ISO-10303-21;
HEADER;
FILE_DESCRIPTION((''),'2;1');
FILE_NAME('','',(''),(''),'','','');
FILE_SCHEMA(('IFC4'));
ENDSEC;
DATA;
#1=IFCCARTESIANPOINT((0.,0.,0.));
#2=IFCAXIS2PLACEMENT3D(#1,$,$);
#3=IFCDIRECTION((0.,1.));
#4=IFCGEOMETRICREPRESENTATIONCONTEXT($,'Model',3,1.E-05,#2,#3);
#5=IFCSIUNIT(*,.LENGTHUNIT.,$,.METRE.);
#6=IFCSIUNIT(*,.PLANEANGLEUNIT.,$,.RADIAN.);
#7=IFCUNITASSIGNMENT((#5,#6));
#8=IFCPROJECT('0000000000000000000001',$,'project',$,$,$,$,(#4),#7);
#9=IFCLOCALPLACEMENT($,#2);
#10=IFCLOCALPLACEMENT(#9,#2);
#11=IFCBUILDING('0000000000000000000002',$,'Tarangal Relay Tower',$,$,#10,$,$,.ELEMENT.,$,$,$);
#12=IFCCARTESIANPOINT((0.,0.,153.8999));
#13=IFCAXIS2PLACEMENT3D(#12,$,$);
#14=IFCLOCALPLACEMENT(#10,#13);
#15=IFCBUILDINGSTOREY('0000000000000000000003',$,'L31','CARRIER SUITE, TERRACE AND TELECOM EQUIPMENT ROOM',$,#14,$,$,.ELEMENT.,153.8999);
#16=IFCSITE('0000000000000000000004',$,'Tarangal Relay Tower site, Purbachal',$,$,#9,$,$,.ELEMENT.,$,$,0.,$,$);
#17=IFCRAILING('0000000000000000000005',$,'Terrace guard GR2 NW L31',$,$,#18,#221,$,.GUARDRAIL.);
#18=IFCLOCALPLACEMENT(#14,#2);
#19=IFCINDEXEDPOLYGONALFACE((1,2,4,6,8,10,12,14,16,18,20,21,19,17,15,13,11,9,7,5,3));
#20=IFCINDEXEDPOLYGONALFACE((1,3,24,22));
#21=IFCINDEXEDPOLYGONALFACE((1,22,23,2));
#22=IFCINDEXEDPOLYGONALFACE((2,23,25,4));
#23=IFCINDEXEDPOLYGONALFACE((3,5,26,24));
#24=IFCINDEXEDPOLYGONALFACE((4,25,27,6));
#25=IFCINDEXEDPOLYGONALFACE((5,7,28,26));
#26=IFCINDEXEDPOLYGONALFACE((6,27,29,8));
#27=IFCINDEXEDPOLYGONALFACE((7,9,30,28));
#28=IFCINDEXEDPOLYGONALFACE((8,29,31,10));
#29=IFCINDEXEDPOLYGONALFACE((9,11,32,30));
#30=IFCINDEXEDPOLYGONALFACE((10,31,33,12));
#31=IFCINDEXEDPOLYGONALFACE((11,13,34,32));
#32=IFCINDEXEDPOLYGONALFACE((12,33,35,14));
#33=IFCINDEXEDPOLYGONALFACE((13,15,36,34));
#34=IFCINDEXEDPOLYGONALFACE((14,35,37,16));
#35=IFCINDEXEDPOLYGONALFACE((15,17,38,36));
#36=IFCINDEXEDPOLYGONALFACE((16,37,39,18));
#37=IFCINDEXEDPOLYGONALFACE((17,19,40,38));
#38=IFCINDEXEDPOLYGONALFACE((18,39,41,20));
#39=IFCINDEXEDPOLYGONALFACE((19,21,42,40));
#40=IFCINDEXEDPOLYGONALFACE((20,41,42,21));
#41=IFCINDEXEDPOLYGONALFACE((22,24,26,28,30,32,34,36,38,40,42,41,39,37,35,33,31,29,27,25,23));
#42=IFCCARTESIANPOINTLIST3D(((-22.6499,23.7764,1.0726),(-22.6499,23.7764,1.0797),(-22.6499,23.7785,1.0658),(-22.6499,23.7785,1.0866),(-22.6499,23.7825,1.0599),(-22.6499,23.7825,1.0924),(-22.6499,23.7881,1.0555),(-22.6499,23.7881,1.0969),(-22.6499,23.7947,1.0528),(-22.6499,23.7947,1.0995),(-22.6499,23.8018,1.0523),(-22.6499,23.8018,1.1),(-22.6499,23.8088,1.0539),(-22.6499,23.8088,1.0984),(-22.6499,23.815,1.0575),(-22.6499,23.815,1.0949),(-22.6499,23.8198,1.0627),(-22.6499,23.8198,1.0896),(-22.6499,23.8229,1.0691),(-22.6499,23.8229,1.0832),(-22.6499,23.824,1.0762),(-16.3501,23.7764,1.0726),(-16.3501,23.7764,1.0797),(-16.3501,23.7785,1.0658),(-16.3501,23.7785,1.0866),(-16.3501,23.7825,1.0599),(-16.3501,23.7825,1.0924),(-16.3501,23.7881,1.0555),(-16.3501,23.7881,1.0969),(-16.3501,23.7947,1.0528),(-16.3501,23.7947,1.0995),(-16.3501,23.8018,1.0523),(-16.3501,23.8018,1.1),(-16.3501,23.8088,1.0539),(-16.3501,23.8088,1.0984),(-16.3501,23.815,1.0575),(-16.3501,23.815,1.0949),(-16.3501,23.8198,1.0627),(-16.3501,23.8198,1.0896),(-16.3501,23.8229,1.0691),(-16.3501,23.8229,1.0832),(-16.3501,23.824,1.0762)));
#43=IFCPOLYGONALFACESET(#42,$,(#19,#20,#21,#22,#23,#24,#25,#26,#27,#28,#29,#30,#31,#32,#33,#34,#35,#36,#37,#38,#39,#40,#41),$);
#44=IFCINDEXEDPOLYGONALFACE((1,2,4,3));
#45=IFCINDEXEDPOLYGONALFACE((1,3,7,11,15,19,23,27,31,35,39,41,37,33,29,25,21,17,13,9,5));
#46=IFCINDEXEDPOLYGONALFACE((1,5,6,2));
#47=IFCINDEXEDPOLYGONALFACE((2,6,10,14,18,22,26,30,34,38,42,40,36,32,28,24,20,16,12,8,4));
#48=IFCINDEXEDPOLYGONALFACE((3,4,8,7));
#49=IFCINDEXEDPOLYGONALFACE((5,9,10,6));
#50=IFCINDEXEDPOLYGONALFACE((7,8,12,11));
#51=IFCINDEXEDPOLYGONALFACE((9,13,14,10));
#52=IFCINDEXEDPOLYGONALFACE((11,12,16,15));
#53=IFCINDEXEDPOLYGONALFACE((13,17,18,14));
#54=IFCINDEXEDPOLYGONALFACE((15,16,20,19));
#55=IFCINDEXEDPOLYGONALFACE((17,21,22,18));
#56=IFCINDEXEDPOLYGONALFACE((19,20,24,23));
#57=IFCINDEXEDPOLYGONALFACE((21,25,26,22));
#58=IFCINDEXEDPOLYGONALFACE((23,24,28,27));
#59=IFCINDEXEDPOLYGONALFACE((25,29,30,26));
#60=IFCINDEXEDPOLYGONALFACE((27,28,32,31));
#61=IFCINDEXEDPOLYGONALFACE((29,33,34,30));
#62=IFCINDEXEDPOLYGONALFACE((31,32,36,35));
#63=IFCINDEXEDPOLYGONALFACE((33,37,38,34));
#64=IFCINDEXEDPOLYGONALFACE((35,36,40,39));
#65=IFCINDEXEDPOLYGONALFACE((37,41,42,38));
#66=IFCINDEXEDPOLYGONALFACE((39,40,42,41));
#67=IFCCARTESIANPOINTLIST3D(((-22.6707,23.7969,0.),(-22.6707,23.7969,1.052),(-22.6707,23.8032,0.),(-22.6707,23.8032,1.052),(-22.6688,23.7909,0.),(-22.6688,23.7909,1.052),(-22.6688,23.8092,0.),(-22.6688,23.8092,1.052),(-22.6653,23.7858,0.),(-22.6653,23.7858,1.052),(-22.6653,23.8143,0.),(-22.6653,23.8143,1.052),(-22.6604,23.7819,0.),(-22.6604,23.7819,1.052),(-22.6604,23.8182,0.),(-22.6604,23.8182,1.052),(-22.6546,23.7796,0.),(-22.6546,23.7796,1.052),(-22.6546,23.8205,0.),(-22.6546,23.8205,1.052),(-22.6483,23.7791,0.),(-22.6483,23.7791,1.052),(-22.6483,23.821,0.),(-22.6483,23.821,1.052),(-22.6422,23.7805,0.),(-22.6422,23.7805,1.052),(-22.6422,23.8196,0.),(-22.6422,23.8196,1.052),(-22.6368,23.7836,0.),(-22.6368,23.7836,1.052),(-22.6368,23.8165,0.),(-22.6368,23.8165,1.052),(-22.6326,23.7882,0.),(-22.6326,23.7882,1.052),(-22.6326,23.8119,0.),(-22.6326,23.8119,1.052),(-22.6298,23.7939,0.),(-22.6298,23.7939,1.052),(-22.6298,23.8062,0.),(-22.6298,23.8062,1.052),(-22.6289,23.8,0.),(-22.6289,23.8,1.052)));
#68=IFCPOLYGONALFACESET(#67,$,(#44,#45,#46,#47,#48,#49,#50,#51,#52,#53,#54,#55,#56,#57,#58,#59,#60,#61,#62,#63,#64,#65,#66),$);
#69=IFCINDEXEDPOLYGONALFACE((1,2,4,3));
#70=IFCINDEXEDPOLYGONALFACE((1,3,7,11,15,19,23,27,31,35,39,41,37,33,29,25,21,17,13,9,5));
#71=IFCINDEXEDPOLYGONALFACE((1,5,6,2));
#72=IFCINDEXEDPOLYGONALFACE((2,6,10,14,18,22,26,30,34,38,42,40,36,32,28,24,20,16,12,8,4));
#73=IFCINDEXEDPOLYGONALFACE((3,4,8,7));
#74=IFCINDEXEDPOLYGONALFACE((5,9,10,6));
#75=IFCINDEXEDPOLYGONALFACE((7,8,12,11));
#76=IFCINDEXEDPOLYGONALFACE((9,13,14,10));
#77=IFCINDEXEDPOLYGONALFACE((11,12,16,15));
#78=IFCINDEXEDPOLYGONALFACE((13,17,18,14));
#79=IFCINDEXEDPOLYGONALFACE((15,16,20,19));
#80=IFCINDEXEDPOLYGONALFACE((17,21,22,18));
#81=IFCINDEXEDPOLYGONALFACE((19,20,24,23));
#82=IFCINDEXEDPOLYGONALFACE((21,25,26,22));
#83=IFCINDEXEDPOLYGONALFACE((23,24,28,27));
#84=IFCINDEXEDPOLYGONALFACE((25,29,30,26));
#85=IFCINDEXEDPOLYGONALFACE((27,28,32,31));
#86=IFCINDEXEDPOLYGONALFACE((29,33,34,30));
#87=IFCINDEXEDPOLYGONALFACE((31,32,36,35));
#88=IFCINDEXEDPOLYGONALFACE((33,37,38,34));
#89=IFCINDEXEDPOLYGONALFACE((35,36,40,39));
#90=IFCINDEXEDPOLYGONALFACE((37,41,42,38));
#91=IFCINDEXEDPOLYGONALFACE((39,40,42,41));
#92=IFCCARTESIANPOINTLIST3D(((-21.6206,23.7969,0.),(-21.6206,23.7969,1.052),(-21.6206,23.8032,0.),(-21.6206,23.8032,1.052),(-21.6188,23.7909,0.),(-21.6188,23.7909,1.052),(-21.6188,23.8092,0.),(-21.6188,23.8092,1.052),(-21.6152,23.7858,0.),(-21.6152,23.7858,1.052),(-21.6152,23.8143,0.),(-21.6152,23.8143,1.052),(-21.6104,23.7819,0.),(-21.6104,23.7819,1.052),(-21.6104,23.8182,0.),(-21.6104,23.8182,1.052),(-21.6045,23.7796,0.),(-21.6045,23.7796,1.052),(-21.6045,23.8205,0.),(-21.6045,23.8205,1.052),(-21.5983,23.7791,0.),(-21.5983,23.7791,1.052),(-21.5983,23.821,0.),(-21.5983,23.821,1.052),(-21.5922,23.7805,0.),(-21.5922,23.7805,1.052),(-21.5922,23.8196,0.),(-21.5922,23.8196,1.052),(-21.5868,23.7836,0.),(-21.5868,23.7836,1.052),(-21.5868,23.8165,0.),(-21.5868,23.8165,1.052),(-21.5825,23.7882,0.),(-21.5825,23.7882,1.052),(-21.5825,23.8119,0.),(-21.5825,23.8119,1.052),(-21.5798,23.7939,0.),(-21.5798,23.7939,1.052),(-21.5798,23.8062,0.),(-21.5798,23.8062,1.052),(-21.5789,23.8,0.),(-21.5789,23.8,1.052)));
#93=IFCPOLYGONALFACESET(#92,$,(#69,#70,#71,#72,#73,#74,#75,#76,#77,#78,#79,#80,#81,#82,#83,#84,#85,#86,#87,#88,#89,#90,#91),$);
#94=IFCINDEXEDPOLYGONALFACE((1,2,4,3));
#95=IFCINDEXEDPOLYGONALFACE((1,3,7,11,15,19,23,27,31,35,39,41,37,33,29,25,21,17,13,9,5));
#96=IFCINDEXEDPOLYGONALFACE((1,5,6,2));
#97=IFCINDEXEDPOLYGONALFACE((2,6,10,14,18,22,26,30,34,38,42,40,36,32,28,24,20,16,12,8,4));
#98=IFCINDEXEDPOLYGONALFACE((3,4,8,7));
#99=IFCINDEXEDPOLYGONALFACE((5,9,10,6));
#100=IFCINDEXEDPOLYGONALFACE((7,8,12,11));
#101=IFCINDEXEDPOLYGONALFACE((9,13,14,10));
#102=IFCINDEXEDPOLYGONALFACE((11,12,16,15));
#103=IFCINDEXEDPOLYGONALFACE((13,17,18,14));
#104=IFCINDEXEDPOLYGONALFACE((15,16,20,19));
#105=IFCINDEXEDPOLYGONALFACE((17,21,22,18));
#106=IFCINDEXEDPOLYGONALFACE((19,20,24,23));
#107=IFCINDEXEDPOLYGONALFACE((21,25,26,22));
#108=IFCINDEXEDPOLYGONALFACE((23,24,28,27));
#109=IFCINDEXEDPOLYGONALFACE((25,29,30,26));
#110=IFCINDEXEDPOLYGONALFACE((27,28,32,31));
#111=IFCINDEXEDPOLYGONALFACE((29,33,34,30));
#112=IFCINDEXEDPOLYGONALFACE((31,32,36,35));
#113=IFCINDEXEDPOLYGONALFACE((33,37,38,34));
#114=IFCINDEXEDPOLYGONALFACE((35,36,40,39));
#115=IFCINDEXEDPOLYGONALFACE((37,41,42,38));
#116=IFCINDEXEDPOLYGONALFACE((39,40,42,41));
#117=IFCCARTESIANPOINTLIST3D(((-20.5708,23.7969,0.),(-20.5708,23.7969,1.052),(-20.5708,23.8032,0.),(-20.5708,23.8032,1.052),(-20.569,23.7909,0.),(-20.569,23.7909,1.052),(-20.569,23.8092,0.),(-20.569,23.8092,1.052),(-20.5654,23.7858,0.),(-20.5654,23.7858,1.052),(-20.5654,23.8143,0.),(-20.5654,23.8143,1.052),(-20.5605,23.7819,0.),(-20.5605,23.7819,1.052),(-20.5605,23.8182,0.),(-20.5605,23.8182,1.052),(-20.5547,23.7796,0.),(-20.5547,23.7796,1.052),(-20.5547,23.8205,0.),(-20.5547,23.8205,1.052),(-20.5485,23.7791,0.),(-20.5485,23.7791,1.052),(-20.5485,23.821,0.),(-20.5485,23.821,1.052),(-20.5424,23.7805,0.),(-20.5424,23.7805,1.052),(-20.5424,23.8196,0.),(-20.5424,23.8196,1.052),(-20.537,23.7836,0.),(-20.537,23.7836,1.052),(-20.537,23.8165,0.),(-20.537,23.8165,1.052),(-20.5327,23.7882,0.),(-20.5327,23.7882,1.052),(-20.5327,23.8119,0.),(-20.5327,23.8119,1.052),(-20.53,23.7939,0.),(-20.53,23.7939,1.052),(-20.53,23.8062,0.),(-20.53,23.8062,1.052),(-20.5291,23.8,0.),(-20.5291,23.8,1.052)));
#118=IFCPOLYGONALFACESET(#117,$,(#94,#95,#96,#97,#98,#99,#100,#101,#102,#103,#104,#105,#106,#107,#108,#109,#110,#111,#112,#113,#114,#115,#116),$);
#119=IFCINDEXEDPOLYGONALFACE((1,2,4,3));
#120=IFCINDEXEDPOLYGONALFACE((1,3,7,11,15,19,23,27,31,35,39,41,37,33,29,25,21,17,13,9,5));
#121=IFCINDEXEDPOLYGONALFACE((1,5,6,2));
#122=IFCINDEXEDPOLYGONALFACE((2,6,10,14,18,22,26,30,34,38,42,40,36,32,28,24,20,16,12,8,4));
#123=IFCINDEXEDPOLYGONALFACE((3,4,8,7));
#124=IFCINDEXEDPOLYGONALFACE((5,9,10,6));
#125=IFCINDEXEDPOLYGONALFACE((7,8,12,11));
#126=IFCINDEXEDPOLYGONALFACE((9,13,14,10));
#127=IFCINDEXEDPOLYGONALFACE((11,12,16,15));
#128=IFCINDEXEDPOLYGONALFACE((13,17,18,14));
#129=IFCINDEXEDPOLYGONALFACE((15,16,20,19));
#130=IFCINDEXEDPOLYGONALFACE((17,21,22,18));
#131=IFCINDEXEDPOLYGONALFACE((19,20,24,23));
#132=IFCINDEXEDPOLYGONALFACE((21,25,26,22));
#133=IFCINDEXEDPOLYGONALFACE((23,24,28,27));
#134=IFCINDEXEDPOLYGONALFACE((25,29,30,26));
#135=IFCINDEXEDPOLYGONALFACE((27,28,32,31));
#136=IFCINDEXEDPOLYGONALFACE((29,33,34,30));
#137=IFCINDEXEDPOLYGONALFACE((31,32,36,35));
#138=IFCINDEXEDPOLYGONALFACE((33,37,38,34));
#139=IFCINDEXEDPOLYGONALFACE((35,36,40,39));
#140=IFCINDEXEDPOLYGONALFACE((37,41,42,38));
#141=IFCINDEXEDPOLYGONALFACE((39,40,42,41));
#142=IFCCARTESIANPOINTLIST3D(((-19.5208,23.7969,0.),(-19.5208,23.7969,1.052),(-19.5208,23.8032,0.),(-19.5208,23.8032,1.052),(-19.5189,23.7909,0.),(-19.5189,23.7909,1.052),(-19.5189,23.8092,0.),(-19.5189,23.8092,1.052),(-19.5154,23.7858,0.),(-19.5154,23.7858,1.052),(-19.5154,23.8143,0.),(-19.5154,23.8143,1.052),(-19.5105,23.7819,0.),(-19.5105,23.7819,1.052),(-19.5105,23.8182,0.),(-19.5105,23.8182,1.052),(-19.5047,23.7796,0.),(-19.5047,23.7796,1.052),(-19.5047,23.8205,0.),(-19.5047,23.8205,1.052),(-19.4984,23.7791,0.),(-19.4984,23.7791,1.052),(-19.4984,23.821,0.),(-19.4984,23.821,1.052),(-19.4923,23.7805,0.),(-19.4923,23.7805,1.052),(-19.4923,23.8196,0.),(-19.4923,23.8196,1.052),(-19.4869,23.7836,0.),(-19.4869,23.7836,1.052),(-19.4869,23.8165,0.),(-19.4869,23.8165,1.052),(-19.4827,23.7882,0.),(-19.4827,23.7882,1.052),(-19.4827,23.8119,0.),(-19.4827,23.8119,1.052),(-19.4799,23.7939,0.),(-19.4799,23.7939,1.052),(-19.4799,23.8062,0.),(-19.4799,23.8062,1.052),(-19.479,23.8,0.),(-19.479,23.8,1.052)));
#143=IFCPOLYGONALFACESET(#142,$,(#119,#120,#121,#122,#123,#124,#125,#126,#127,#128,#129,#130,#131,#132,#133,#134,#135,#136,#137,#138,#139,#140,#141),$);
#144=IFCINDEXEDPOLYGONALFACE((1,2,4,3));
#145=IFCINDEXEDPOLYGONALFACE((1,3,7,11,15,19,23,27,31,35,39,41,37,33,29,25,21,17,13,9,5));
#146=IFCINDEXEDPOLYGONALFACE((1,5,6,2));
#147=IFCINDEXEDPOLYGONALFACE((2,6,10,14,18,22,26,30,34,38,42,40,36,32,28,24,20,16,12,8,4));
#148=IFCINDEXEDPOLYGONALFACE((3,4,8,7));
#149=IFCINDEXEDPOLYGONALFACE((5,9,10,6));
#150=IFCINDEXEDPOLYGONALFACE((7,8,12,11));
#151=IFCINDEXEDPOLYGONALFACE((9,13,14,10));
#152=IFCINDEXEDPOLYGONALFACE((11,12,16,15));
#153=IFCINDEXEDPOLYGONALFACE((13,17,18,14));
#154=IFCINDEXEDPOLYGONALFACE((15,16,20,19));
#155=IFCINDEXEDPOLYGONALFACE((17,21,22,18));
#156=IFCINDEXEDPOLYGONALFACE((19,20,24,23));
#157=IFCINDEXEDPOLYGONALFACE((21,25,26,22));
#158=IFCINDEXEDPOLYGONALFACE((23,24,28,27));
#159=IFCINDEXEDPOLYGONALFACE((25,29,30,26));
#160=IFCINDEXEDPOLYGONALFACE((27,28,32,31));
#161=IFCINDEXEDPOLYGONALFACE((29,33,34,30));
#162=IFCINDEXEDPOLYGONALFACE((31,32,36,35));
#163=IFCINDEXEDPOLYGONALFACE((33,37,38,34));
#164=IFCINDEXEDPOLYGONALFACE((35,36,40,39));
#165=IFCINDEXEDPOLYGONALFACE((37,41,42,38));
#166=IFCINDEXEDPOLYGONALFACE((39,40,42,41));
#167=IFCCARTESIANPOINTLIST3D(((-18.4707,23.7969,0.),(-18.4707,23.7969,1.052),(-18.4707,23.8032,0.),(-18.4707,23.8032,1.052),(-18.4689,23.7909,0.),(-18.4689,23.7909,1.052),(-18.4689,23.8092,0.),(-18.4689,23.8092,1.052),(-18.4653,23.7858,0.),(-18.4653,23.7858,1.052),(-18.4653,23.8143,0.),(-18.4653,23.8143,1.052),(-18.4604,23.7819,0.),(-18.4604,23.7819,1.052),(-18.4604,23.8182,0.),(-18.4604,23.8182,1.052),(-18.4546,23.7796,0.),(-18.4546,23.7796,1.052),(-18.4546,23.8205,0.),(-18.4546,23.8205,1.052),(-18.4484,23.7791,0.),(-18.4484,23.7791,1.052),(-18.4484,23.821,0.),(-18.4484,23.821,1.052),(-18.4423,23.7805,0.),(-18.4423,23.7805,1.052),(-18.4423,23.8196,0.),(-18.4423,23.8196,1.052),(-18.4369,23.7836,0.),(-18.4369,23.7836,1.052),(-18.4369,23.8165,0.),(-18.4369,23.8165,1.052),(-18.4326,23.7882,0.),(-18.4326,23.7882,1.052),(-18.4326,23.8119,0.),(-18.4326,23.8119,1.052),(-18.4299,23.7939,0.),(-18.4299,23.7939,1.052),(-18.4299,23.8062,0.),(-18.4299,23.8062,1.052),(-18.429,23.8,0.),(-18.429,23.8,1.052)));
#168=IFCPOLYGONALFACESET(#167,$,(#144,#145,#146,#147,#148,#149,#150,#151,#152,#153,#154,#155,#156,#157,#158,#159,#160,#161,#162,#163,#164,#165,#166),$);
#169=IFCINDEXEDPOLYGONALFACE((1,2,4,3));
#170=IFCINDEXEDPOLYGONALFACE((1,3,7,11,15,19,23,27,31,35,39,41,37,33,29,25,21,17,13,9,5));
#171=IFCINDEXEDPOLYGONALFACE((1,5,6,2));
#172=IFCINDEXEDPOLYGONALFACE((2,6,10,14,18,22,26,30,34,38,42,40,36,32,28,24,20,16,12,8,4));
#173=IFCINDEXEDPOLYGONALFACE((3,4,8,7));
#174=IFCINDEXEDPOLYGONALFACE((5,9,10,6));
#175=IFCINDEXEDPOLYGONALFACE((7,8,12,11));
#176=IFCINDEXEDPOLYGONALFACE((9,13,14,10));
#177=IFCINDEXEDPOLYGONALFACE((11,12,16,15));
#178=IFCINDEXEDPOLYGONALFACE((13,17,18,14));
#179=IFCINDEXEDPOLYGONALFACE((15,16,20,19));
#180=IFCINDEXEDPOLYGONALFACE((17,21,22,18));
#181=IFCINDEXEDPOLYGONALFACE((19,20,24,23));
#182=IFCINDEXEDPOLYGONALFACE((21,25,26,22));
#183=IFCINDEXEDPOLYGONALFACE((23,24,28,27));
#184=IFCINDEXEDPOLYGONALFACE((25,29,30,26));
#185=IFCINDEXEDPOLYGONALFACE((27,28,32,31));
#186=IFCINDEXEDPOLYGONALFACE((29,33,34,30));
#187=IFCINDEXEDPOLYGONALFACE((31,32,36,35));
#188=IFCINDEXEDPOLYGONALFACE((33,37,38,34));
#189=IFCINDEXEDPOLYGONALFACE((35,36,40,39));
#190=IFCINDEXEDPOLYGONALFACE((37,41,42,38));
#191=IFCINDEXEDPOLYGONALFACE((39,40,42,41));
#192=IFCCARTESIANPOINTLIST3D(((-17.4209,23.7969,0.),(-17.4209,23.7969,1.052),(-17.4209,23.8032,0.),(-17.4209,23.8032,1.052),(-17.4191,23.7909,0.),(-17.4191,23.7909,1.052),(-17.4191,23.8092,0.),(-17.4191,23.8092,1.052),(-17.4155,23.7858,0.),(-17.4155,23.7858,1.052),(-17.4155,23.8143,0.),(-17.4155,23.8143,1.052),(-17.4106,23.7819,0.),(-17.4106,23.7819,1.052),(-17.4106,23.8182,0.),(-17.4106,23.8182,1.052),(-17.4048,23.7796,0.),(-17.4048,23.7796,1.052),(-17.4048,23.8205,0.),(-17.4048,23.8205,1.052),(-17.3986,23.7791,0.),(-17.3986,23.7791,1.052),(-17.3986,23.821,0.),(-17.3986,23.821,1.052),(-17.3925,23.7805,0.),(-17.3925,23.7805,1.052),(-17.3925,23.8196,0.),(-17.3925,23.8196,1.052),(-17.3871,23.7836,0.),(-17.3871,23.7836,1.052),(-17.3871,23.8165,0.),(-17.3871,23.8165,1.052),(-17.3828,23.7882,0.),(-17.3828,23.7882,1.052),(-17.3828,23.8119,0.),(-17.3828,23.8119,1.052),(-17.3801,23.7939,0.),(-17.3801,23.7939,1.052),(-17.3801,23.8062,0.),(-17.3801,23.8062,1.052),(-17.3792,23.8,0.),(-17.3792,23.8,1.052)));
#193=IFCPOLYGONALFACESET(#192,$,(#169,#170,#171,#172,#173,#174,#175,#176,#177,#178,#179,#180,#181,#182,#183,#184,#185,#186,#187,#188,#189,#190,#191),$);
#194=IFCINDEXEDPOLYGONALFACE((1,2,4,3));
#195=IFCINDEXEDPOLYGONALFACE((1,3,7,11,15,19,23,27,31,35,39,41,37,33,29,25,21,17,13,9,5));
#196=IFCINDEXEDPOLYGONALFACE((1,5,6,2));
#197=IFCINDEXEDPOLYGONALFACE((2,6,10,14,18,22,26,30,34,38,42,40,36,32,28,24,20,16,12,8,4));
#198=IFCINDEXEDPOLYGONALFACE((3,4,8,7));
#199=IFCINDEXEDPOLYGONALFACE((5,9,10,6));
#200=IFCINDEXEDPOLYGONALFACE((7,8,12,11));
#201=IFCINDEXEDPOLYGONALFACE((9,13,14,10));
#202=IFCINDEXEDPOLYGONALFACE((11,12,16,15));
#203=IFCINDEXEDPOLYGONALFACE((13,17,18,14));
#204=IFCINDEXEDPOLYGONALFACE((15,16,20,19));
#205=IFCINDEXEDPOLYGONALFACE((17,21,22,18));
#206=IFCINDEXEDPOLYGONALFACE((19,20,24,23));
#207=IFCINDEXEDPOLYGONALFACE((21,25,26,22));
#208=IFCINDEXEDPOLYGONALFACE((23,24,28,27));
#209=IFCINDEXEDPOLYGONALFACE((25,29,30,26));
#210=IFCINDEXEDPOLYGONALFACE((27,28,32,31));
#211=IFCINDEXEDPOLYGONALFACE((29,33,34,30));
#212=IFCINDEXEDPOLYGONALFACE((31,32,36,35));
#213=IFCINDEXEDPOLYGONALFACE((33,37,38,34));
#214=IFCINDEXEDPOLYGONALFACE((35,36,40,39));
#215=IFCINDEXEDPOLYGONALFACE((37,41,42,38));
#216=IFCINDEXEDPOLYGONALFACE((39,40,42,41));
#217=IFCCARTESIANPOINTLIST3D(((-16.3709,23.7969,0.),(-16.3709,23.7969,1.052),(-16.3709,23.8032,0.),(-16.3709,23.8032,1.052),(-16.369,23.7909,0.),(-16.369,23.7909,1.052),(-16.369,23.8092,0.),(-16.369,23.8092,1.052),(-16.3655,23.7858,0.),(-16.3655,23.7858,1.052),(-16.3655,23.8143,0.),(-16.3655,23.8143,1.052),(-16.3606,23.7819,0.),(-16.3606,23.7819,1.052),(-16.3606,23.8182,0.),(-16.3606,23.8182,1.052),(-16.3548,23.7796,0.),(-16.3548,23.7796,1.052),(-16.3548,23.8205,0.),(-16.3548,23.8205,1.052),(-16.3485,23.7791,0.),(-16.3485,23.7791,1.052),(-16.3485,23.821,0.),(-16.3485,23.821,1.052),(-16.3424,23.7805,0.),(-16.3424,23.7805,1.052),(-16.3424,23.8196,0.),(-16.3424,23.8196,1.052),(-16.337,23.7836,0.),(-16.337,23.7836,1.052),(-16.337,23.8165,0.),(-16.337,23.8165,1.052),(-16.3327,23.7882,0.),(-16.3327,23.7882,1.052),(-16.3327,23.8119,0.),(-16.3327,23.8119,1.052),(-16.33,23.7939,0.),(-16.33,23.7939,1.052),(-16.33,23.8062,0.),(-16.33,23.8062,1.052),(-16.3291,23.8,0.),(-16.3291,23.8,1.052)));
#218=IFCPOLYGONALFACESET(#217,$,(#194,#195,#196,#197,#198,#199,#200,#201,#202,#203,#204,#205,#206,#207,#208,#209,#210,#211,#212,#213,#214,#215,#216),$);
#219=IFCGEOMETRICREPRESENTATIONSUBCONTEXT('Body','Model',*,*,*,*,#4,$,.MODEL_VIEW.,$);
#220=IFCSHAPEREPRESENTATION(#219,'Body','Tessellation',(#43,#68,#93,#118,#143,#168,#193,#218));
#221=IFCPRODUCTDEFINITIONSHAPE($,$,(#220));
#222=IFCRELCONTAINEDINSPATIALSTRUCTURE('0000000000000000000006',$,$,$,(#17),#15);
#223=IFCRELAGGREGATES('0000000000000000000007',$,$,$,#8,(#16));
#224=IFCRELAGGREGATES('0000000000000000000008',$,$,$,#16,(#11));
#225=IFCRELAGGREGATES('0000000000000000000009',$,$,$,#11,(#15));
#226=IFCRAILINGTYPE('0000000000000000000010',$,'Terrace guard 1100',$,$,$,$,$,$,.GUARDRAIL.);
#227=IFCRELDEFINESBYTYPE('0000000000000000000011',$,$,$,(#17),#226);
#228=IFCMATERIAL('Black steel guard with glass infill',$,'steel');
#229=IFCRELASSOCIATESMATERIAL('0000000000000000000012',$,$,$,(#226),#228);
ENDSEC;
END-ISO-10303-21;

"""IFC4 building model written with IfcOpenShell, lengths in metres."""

from ifc_helpers import new_model, si_unit, direction, frame, origin, origin_2d, place, context, subcontext, project, spatial, circle, extrude, material, type_object, element, save


model = new_model("IFC4")

# Units and contexts
model_context = context("Model", 3, precision=1e-05, world=origin(), true_north=direction((0.0, 1.0)))
body_context = subcontext(model_context, "Body", "Model", "MODEL_VIEW")
ifc_project = project(units=[si_unit("LENGTHUNIT", "METRE"), si_unit("PLANEANGLEUNIT", "RADIAN")], contexts=[model_context])

# Site, building, storey
site_placement = place(None, origin())
site = spatial("IfcSite", under=ifc_project, at=site_placement, Name="Tarangal Relay Tower site, Purbachal", CompositionType="ELEMENT", RefElevation=0.0)
building_placement = place(site_placement, origin())
building = spatial("IfcBuilding", under=site, at=building_placement, Name="Tarangal Relay Tower", CompositionType="ELEMENT")
storey_placement = place(building_placement, frame((0.0, 0.0, 153.8999)))
storey = spatial("IfcBuildingStorey", under=building, at=storey_placement, Name="L31", Description="CARRIER SUITE, TERRACE AND TELECOM EQUIPMENT ROOM", CompositionType="ELEMENT", Elevation=153.8999)

# Railing
ifc_material_1 = material(Name="Black steel guard with glass infill", Category="steel")
railing_type = type_object("IfcRailingType", Name="Terrace guard 1100", PredefinedType="GUARDRAIL", material=ifc_material_1)
railing_1_placement = place(storey_placement, frame((-22.6499, 23.8, 0.0)))
element("IfcRailing", 1, at=railing_1_placement, inside=storey, type_object=railing_type, Name="Terrace guard GR2 NW L31", PredefinedType="GUARDRAIL", context=body_context, shape_type="SweptSolid", body=[
    extrude(circle(Radius=0.0239, at=origin_2d()), frame((0.0, 0.0, 1.0762), z_axis=(1.0, 0.0, 0.0), x_axis=(0.0, 1.0, 0.0)), (0.0, 0.0, 1.0), 6.2998),
    extrude(circle(Radius=0.021, at=origin_2d()), origin(), (0.0, 0.0, 1.0), 1.052),
    extrude(circle(Radius=0.021, at=origin_2d()), frame((1.05, 0.0, 0.0)), (0.0, 0.0, 1.0), 1.052),
    extrude(circle(Radius=0.021, at=origin_2d()), frame((2.0999, 0.0, 0.0)), (0.0, 0.0, 1.0), 1.052),
    extrude(circle(Radius=0.021, at=origin_2d()), frame((3.1499, 0.0, 0.0)), (0.0, 0.0, 1.0), 1.052),
    extrude(circle(Radius=0.021, at=origin_2d()), frame((4.2, 0.0, 0.0)), (0.0, 0.0, 1.0), 1.052),
    extrude(circle(Radius=0.021, at=origin_2d()), frame((5.2498, 0.0, 0.0)), (0.0, 0.0, 1.0), 1.052),
    extrude(circle(Radius=0.021, at=origin_2d()), frame((6.2998, 0.0, 0.0)), (0.0, 0.0, 1.0), 1.052),
])

save(model, "model.ifc")
